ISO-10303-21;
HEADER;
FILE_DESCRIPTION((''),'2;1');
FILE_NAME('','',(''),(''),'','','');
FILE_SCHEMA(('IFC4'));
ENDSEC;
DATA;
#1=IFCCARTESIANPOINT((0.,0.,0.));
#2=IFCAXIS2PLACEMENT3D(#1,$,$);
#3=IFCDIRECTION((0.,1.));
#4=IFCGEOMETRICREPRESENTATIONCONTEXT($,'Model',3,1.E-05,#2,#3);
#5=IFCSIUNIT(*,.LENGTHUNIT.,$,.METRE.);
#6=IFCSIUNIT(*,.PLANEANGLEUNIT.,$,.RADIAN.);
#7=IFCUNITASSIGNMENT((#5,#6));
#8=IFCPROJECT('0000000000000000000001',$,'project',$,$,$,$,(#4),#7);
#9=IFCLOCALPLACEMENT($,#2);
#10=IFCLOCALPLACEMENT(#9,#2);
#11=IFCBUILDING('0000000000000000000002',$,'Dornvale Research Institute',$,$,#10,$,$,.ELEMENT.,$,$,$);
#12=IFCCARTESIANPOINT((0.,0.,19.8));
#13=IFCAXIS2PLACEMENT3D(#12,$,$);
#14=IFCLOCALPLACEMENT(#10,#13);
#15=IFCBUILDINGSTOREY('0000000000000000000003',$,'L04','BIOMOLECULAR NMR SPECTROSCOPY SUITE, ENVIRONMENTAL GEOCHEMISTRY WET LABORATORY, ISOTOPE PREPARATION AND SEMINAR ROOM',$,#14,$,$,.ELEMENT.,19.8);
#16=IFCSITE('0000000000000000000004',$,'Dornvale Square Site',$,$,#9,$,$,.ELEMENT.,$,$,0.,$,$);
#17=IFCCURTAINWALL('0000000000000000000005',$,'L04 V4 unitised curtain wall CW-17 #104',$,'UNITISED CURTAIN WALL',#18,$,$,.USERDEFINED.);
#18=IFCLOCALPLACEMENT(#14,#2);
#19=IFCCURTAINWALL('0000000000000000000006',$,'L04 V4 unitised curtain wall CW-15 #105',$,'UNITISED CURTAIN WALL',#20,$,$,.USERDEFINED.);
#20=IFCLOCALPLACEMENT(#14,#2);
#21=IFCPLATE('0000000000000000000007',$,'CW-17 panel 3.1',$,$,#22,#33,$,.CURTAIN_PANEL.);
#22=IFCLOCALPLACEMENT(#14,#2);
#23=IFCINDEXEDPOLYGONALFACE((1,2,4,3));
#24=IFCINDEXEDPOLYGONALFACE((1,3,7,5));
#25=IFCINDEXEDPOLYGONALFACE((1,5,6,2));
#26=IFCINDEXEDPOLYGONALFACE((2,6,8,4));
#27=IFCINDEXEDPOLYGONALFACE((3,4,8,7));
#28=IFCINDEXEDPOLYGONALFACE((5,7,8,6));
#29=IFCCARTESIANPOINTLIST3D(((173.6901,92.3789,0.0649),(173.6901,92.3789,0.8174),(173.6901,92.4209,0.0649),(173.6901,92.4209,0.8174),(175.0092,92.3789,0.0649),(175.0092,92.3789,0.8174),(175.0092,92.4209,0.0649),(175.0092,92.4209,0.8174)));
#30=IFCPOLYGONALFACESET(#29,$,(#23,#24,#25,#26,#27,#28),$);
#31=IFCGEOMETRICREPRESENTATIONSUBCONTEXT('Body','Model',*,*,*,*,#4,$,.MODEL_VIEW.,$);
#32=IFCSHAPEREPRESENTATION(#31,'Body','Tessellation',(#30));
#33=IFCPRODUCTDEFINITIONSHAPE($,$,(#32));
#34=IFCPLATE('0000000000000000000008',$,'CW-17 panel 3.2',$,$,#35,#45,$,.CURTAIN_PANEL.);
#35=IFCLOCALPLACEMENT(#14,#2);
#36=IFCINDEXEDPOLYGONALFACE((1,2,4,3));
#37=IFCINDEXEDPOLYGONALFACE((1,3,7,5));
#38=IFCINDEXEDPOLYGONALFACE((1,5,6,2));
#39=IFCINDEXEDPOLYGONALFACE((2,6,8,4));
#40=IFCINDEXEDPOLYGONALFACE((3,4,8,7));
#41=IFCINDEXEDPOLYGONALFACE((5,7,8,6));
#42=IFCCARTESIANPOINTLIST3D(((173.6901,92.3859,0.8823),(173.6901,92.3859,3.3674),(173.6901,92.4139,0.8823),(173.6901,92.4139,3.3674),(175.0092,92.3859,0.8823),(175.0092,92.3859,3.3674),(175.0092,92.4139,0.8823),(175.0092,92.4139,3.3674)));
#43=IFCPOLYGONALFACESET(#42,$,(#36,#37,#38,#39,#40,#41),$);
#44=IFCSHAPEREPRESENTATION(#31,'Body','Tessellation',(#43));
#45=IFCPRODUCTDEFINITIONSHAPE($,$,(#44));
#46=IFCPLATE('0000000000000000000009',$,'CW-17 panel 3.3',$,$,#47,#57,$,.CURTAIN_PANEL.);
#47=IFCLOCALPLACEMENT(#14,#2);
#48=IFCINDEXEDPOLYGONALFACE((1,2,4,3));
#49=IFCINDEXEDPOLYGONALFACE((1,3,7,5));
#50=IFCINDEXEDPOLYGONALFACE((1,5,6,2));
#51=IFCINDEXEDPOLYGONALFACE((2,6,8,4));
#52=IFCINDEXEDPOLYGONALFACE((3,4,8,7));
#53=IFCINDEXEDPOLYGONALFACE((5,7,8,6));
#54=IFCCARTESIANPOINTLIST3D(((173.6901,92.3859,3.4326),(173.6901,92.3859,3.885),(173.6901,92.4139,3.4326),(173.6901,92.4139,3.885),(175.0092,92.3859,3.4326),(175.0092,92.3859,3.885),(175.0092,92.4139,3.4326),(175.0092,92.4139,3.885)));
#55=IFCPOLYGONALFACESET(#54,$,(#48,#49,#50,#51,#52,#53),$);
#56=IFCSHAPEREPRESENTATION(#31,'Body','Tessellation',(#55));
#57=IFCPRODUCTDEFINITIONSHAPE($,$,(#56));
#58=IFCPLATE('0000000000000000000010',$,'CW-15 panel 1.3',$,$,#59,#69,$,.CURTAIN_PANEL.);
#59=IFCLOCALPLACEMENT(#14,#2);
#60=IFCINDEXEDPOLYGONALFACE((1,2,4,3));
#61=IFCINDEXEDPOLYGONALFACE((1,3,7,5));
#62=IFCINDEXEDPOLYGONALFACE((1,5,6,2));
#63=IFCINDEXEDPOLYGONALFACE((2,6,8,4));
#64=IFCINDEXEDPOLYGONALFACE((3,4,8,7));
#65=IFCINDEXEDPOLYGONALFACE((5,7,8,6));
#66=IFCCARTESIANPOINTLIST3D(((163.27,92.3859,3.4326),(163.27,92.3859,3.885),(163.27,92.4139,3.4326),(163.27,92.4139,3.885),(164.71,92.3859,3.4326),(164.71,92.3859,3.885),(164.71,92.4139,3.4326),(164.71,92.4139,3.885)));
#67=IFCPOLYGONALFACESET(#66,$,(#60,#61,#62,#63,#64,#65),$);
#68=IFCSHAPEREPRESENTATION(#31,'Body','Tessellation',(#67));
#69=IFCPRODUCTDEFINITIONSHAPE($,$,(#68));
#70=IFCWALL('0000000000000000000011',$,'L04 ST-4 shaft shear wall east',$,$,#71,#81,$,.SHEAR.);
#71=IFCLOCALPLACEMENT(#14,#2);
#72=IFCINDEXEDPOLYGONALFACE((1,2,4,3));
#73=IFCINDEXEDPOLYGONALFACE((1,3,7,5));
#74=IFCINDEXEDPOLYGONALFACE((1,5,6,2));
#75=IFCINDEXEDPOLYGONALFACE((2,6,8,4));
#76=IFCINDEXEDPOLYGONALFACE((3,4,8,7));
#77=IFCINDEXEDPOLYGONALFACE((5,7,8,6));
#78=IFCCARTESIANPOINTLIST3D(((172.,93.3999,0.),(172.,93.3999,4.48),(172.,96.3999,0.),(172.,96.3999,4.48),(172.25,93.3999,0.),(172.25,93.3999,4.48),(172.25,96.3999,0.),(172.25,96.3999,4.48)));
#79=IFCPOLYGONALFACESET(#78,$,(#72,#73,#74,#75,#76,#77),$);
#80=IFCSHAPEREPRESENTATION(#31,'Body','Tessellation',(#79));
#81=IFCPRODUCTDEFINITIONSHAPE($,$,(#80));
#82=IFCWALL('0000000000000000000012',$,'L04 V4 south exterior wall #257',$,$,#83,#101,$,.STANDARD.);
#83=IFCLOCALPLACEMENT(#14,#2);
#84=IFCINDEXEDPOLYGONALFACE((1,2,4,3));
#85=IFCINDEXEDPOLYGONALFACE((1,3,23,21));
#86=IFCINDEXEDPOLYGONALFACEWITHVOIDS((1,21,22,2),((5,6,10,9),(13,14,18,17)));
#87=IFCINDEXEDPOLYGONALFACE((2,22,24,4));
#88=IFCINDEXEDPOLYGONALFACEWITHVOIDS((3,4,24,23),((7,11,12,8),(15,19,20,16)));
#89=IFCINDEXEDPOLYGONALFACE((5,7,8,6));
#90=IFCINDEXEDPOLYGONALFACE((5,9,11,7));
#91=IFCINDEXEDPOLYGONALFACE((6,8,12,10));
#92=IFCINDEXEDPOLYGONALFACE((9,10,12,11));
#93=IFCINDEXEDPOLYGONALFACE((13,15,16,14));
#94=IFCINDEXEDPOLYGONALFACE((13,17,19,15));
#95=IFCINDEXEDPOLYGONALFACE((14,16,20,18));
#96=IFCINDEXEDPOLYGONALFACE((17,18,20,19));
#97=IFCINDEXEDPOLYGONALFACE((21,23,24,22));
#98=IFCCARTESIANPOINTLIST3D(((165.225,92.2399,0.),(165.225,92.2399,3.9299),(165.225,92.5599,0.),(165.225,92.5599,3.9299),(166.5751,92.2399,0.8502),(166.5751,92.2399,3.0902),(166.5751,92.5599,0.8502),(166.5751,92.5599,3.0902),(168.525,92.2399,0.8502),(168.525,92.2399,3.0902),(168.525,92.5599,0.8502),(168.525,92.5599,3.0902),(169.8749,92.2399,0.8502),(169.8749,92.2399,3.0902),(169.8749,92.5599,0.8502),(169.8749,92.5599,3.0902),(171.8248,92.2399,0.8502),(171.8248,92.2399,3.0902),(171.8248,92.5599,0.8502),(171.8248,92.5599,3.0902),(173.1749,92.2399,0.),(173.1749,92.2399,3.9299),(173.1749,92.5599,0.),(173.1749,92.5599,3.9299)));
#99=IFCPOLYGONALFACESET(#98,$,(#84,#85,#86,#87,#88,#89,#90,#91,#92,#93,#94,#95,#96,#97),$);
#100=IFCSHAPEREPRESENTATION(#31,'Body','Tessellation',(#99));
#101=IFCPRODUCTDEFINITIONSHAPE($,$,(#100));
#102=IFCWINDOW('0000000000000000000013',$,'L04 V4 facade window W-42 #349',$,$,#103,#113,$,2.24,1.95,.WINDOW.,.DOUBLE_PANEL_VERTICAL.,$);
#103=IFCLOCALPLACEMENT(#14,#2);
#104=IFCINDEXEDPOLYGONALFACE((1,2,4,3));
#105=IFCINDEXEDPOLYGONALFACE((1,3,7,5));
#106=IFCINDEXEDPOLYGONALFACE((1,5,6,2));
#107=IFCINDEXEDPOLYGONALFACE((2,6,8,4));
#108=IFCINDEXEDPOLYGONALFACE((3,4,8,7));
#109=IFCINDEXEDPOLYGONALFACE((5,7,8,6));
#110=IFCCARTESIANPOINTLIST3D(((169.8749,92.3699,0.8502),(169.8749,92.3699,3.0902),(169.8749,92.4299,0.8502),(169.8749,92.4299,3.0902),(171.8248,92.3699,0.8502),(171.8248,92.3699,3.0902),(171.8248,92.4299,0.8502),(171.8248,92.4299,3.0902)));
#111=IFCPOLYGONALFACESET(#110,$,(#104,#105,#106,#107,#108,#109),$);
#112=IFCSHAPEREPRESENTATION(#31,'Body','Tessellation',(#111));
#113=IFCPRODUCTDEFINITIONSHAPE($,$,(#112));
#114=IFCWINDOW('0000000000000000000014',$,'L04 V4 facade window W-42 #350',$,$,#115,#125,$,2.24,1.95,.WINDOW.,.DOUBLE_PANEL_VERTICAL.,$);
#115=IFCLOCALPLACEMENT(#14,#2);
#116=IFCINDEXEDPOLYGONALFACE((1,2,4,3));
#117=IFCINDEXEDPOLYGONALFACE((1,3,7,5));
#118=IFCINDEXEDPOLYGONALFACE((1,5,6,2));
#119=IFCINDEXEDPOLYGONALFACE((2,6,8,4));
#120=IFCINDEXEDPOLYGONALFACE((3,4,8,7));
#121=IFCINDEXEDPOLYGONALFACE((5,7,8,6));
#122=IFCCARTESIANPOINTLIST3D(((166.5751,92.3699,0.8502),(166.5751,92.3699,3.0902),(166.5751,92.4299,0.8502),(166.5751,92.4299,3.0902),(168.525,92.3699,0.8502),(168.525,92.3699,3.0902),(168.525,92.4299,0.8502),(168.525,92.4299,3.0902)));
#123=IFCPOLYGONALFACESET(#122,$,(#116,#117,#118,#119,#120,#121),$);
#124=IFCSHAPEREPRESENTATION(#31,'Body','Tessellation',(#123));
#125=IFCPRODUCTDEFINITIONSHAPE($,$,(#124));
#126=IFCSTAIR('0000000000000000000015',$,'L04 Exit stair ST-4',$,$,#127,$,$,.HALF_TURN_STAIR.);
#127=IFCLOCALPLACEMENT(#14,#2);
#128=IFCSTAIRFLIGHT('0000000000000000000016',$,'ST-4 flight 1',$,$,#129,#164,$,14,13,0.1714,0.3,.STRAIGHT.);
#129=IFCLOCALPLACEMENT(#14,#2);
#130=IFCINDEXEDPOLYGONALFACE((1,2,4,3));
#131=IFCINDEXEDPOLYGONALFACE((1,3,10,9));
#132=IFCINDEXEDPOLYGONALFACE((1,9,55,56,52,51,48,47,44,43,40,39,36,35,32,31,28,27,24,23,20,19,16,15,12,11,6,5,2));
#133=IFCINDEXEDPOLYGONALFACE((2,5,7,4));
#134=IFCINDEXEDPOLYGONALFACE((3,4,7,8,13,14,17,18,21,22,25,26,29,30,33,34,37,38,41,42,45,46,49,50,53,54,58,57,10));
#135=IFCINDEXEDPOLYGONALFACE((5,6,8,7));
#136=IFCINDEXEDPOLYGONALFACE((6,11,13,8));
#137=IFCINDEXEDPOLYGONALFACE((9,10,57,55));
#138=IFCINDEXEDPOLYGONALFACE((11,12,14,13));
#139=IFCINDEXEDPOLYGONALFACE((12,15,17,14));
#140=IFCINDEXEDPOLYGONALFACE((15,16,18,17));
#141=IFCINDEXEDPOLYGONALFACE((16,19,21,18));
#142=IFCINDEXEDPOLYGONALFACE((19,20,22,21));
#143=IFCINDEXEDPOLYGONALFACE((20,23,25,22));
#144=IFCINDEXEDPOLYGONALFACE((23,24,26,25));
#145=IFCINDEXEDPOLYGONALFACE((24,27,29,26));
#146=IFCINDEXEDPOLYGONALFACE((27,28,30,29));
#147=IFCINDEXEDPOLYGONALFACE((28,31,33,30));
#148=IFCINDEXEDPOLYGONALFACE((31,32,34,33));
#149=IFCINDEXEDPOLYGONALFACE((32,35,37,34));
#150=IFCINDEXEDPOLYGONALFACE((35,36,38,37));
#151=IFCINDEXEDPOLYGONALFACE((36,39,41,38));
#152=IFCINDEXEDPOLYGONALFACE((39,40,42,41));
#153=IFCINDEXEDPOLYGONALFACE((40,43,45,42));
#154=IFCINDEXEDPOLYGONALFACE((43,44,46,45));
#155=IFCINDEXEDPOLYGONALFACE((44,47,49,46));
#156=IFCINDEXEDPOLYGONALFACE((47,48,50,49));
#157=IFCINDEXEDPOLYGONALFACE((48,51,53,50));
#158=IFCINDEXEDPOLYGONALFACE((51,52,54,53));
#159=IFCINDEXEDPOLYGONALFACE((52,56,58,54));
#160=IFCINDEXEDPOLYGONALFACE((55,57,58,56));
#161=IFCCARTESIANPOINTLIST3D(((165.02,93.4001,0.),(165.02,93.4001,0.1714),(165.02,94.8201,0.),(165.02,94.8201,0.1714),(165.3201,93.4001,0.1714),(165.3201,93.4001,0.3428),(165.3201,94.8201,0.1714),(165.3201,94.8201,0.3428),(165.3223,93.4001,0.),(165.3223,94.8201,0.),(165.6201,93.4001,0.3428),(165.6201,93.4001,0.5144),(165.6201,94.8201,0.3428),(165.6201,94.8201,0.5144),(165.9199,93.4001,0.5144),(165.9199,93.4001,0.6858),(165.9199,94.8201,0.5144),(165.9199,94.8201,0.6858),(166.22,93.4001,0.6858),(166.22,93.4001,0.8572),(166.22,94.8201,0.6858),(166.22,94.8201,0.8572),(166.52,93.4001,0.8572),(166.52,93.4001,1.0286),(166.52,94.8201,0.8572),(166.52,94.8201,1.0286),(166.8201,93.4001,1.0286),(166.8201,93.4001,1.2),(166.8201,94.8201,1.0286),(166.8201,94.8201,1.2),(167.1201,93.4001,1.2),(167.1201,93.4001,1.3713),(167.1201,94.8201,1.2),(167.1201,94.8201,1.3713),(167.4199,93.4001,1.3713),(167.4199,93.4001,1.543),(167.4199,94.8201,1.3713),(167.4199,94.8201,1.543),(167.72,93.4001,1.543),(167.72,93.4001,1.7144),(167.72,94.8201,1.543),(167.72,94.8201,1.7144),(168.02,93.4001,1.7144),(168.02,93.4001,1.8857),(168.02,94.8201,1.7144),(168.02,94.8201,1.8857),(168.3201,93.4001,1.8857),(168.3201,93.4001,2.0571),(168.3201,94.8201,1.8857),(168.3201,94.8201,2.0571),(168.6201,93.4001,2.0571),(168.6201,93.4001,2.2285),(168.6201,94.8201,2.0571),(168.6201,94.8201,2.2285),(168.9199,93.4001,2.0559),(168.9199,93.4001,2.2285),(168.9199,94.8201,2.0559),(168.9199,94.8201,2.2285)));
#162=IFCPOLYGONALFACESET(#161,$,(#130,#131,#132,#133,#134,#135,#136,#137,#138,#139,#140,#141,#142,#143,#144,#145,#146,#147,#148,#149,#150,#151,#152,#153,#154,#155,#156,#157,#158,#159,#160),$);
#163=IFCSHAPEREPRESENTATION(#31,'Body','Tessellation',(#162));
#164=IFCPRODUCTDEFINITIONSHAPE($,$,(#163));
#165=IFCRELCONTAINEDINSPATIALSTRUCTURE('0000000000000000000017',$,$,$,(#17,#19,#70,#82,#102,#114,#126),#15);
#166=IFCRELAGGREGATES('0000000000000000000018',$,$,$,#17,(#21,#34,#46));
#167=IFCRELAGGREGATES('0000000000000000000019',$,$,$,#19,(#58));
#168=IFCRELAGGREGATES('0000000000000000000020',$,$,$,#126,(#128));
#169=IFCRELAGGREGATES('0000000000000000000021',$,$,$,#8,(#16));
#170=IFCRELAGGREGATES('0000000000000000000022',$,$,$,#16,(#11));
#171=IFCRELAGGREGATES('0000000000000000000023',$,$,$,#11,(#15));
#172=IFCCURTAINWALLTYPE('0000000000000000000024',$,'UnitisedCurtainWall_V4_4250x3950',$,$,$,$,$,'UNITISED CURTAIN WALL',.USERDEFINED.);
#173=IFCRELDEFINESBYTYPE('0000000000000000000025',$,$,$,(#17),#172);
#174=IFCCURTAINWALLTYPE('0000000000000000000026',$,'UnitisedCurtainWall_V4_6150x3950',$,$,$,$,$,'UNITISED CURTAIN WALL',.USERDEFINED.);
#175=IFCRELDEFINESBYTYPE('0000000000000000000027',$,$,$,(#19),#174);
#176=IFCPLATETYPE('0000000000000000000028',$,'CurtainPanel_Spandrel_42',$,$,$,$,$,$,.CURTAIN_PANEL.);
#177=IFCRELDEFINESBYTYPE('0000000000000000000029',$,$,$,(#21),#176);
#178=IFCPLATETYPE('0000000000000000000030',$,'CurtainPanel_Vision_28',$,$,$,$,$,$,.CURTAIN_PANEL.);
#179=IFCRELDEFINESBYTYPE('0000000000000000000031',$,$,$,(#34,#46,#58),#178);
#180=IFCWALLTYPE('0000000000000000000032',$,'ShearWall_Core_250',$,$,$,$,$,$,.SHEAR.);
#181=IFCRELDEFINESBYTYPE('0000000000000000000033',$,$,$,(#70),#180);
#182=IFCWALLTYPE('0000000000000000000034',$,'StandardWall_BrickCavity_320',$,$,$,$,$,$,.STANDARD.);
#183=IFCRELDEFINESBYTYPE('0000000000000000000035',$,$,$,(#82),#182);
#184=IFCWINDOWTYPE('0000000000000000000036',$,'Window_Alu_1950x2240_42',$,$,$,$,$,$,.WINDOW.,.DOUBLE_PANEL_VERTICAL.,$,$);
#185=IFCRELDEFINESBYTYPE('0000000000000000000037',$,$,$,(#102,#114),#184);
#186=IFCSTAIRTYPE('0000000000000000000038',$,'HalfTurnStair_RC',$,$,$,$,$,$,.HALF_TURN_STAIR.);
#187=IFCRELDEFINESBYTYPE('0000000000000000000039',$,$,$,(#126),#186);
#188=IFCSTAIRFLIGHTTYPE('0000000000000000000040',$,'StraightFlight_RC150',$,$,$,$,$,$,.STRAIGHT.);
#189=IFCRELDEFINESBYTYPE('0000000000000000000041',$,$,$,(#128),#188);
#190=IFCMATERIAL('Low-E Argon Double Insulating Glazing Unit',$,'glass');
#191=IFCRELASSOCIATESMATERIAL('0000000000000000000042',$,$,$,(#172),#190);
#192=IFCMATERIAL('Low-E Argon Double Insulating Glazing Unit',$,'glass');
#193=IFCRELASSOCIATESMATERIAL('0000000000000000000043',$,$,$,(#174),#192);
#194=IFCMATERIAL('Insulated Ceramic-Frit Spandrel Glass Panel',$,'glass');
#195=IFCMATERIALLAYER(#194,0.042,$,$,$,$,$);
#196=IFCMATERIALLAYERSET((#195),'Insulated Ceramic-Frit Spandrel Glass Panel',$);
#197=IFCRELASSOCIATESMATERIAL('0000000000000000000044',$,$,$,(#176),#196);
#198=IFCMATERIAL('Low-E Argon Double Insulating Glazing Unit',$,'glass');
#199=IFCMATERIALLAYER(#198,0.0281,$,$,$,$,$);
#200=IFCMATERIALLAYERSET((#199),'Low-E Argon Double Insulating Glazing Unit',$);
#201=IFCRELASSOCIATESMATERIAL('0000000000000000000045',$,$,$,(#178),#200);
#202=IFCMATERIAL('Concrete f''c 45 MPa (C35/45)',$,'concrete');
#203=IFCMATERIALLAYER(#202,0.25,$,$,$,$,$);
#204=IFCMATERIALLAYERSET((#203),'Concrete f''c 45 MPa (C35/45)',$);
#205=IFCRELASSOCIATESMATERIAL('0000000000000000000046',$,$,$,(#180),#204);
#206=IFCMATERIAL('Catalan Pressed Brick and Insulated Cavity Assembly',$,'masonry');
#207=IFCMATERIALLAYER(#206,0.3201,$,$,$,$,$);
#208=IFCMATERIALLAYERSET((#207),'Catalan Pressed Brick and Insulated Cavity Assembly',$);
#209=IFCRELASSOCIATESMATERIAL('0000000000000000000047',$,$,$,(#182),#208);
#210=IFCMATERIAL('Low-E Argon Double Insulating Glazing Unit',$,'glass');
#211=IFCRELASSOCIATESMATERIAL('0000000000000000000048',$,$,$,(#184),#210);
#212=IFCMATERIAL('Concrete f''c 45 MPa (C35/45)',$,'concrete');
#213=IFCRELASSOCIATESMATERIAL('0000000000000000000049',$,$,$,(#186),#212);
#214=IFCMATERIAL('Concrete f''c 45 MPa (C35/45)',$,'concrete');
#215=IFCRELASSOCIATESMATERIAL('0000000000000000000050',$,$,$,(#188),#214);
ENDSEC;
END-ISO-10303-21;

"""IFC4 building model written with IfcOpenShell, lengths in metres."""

from ifc_helpers import new_model, si_unit, direction, frame, frame_2d, origin, origin_2d, place, context, subcontext, project, spatial, polyline, rectangle, outline, extrude, material, layer, layer_set, type_object, element, fill, aggregate, save


model = new_model("IFC4")

# Units and contexts
model_context = context("Model", 3, precision=1e-05, world=origin(), true_north=direction((0.0, 1.0)))
body_context = subcontext(model_context, "Body", "Model", "MODEL_VIEW")
ifc_project = project(units=[si_unit("LENGTHUNIT", "METRE"), si_unit("PLANEANGLEUNIT", "RADIAN")], contexts=[model_context])

# Site, building, storey
site_placement = place(None, origin())
site = spatial("IfcSite", under=ifc_project, at=site_placement, Name="Dornvale Square Site", CompositionType="ELEMENT", RefElevation=0.0)
building_placement = place(site_placement, origin())
building = spatial("IfcBuilding", under=site, at=building_placement, Name="Dornvale Research Institute", CompositionType="ELEMENT")
storey_placement = place(building_placement, frame((0.0, 0.0, 19.8)))
storey = spatial("IfcBuildingStorey", under=building, at=storey_placement, Name="L04", Description="BIOMOLECULAR NMR SPECTROSCOPY SUITE, ENVIRONMENTAL GEOCHEMISTRY WET LABORATORY, ISOTOPE PREPARATION AND SEMINAR ROOM", CompositionType="ELEMENT", Elevation=19.8)

# Curtain walls
ifc_material_1 = material(Name="Low-E Argon Double Insulating Glazing Unit", Category="glass")
curtain_wall_type_1 = type_object("IfcCurtainWallType", Name="UnitisedCurtainWall_V4_4250x3950", ElementType="UNITISED CURTAIN WALL", PredefinedType="USERDEFINED", material=ifc_material_1)
curtain_wall_1_placement = place(storey_placement, origin())
curtain_wall_1 = element("IfcCurtainWall", 1, at=curtain_wall_1_placement, inside=storey, type_object=curtain_wall_type_1, Name="L04 V4 unitised curtain wall CW-17 #104", ObjectType="UNITISED CURTAIN WALL", PredefinedType="USERDEFINED")
ifc_material_2 = material(Name="Low-E Argon Double Insulating Glazing Unit", Category="glass")
curtain_wall_type_2 = type_object("IfcCurtainWallType", Name="UnitisedCurtainWall_V4_6150x3950", ElementType="UNITISED CURTAIN WALL", PredefinedType="USERDEFINED", material=ifc_material_2)
curtain_wall_2_placement = place(storey_placement, origin())
curtain_wall_2 = element("IfcCurtainWall", 2, at=curtain_wall_2_placement, inside=storey, type_object=curtain_wall_type_2, Name="L04 V4 unitised curtain wall CW-15 #105", ObjectType="UNITISED CURTAIN WALL", PredefinedType="USERDEFINED")

# Plates
ifc_material_3 = material(Name="Insulated Ceramic-Frit Spandrel Glass Panel", Category="glass")
ifc_layer_1 = layer(ifc_material_3, 0.042)
ifc_layer_set_1 = layer_set([ifc_layer_1], Name="Insulated Ceramic-Frit Spandrel Glass Panel")
plate_type_1 = type_object("IfcPlateType", Name="CurtainPanel_Spandrel_42", PredefinedType="CURTAIN_PANEL", material=ifc_layer_set_1)
plate_1_placement = place(storey_placement, frame((174.3496, 92.3999, 0.0649), z_axis=(0.0, 0.0, 1.0), x_axis=(-1.0, 0.0, 0.0)))
plate_1 = element("IfcPlate", 3, at=plate_1_placement, type_object=plate_type_1, Name="CW-17 panel 3.1", PredefinedType="CURTAIN_PANEL", context=body_context, shape_type="SweptSolid", body=[
    extrude(rectangle(XDim=1.3191, YDim=0.042, at=origin_2d()), origin(), (0.0, 0.0, 1.0), 0.7524),
])
ifc_material_4 = material(Name="Low-E Argon Double Insulating Glazing Unit", Category="glass")
ifc_layer_2 = layer(ifc_material_4, 0.0281)
ifc_layer_set_2 = layer_set([ifc_layer_2], Name="Low-E Argon Double Insulating Glazing Unit")
plate_type_2 = type_object("IfcPlateType", Name="CurtainPanel_Vision_28", PredefinedType="CURTAIN_PANEL", material=ifc_layer_set_2)
plate_2_placement = place(storey_placement, frame((174.3496, 92.3999, 0.8823), z_axis=(0.0, 0.0, 1.0), x_axis=(-1.0, 0.0, 0.0)))
plate_2 = element("IfcPlate", 4, at=plate_2_placement, type_object=plate_type_2, Name="CW-17 panel 3.2", PredefinedType="CURTAIN_PANEL", context=body_context, shape_type="SweptSolid", body=[
    extrude(rectangle(XDim=1.3191, YDim=0.0281, at=origin_2d()), origin(), (0.0, 0.0, 1.0), 2.4851),
])
plate_3_placement = place(storey_placement, frame((174.3496, 92.3999, 3.4326), z_axis=(0.0, 0.0, 1.0), x_axis=(-1.0, 0.0, 0.0)))
plate_3 = element("IfcPlate", 5, at=plate_3_placement, type_object=plate_type_2, Name="CW-17 panel 3.3", PredefinedType="CURTAIN_PANEL", context=body_context, shape_type="SweptSolid", body=[
    extrude(rectangle(XDim=1.3191, YDim=0.0281, at=origin_2d()), origin(), (0.0, 0.0, 1.0), 0.4524),
])
aggregate(curtain_wall_1, [plate_1, plate_2, plate_3])
plate_4_placement = place(storey_placement, frame((163.99, 92.3999, 3.4326), z_axis=(0.0, 0.0, 1.0), x_axis=(-1.0, 0.0, 0.0)))
plate_4 = element("IfcPlate", 6, at=plate_4_placement, type_object=plate_type_2, Name="CW-15 panel 1.3", PredefinedType="CURTAIN_PANEL", context=body_context, shape_type="SweptSolid", body=[
    extrude(rectangle(XDim=1.4399, YDim=0.0281, at=origin_2d()), origin(), (0.0, 0.0, 1.0), 0.4524),
])
aggregate(curtain_wall_2, [plate_4])

# Wall
ifc_material_5 = material(Name="Concrete f'c 45 MPa (C35/45)", Category="concrete")
ifc_layer_3 = layer(ifc_material_5, 0.25)
ifc_layer_set_3 = layer_set([ifc_layer_3], Name="Concrete f'c 45 MPa (C35/45)")
wall_type_1 = type_object("IfcWallType", Name="ShearWall_Core_250", PredefinedType="SHEAR", material=ifc_layer_set_3)
wall_1_placement = place(storey_placement, frame((172.125, 93.3999, 0.0), z_axis=(0.0, 0.0, 1.0), x_axis=(0.0, 1.0, 0.0)))
element("IfcWall", 7, at=wall_1_placement, inside=storey, type_object=wall_type_1, Name="L04 ST-4 shaft shear wall east", PredefinedType="SHEAR", context=body_context, shape_type="SweptSolid", body=[
    extrude(rectangle(XDim=3.0, YDim=0.25, at=frame_2d((1.5, 0.0))), origin(), (0.0, 0.0, 1.0), 4.48),
])

# Wall, openings, windows
ifc_material_6 = material(Name="Catalan Pressed Brick and Insulated Cavity Assembly", Category="masonry")
ifc_layer_4 = layer(ifc_material_6, 0.3201)
ifc_layer_set_4 = layer_set([ifc_layer_4], Name="Catalan Pressed Brick and Insulated Cavity Assembly")
wall_type_2 = type_object("IfcWallType", Name="StandardWall_BrickCavity_320", PredefinedType="STANDARD", material=ifc_layer_set_4)
wall_2_placement = place(storey_placement, frame((173.175, 92.3999, 0.0), z_axis=(0.0, 0.0, 1.0), x_axis=(-1.0, 0.0, 0.0)))
wall_2 = element("IfcWall", 8, at=wall_2_placement, inside=storey, type_object=wall_type_2, Name="L04 V4 south exterior wall #257", PredefinedType="STANDARD", context=body_context, shape_type="SweptSolid", body=[
    extrude(rectangle(XDim=7.95, YDim=0.3201, at=frame_2d((3.9751, 0.0))), origin(), (0.0, 0.0, 1.0), 3.9299),
])
opening_1_placement = place(wall_2_placement, frame((1.3501, 0.0, 0.8501)))
opening_1 = element("IfcOpeningElement", 9, at=opening_1_placement, cuts=wall_2, PredefinedType="OPENING", context=body_context, shape_type="SweptSolid", body=[
    extrude(rectangle(XDim=1.95, YDim=2.24, at=frame_2d((0.9751, 1.1201))), frame((0.0, 0.175, 0.0), z_axis=(0.0, -1.0, 0.0), x_axis=(1.0, 0.0, 0.0)), (0.0, 0.0, 1.0), 0.3501),
])
opening_2_placement = place(wall_2_placement, frame((4.6499, 0.0, 0.8501)))
opening_2 = element("IfcOpeningElement", 10, at=opening_2_placement, cuts=wall_2, PredefinedType="OPENING", context=body_context, shape_type="SweptSolid", body=[
    extrude(rectangle(XDim=1.95, YDim=2.24, at=frame_2d((0.9751, 1.1201))), frame((0.0, 0.175, 0.0), z_axis=(0.0, -1.0, 0.0), x_axis=(1.0, 0.0, 0.0)), (0.0, 0.0, 1.0), 0.3501),
])
ifc_material_7 = material(Name="Low-E Argon Double Insulating Glazing Unit", Category="glass")
window_type = type_object("IfcWindowType", Name="Window_Alu_1950x2240_42", PartitioningType="DOUBLE_PANEL_VERTICAL", PredefinedType="WINDOW", material=ifc_material_7)
window_1_placement = place(opening_1_placement, origin())
window_1 = element("IfcWindow", 11, at=window_1_placement, inside=storey, type_object=window_type, Name="L04 V4 facade window W-42 #349", OverallHeight=2.24, OverallWidth=1.95, PartitioningType="DOUBLE_PANEL_VERTICAL", PredefinedType="WINDOW", context=body_context, shape_type="SweptSolid", body=[
    extrude(rectangle(XDim=1.95, YDim=2.24, at=frame_2d((0.9751, 1.1201))), frame((0.0, 0.03, 0.0), z_axis=(0.0, -1.0, 0.0), x_axis=(1.0, 0.0, 0.0)), (0.0, 0.0, 1.0), 0.0601),
])
fill(opening_1, window_1)
window_2_placement = place(opening_2_placement, origin())
window_2 = element("IfcWindow", 12, at=window_2_placement, inside=storey, type_object=window_type, Name="L04 V4 facade window W-42 #350", OverallHeight=2.24, OverallWidth=1.95, PartitioningType="DOUBLE_PANEL_VERTICAL", PredefinedType="WINDOW", context=body_context, shape_type="SweptSolid", body=[
    extrude(rectangle(XDim=1.95, YDim=2.24, at=frame_2d((0.9751, 1.1201))), frame((0.0, 0.03, 0.0), z_axis=(0.0, -1.0, 0.0), x_axis=(1.0, 0.0, 0.0)), (0.0, 0.0, 1.0), 0.0601),
])
fill(opening_2, window_2)

# Stair, stair flight
ifc_material_8 = material(Name="Concrete f'c 45 MPa (C35/45)", Category="concrete")
stair_type = type_object("IfcStairType", Name="HalfTurnStair_RC", PredefinedType="HALF_TURN_STAIR", material=ifc_material_8)
stair_placement = place(storey_placement, origin())
stair = element("IfcStair", 13, at=stair_placement, inside=storey, type_object=stair_type, Name="L04 Exit stair ST-4", PredefinedType="HALF_TURN_STAIR")
ifc_material_9 = material(Name="Concrete f'c 45 MPa (C35/45)", Category="concrete")
stair_flight_type = type_object("IfcStairFlightType", Name="StraightFlight_RC150", PredefinedType="STRAIGHT", material=ifc_material_9)
stair_flight_1_placement = place(storey_placement, frame((165.02, 94.1101, 0.0), z_axis=(0.0, 0.0, 1.0), x_axis=(1.0, 0.0, 0.0)))
stair_flight_1 = element("IfcStairFlight", 14, at=stair_flight_1_placement, type_object=stair_flight_type, Name="ST-4 flight 1", NumberOfRisers=14, NumberOfTreads=13, PredefinedType="STRAIGHT", RiserHeight=0.1714, TreadLength=0.3, context=body_context, shape_type="SweptSolid", body=[
    extrude(outline(polyline([(0.0, 0.0), (0.0, 0.1714), (0.3, 0.1714), (0.3, 0.3428), (0.6001, 0.3428), (0.6001, 0.5144), (0.8999, 0.5144), (0.8999, 0.6858), (1.2, 0.6858), (1.2, 0.8572), (1.5, 0.8572), (1.5, 1.0286), (1.8, 1.0286), (1.8, 1.2), (2.1001, 1.2), (2.1001, 1.3713), (2.3999, 1.3713), (2.3999, 1.543), (2.7, 1.543), (2.7, 1.7144), (3.0, 1.7144), (3.0, 1.8857), (3.3, 1.8857), (3.3, 2.0571), (3.6001, 2.0571), (3.6001, 2.2285), (3.8999, 2.2285), (3.8999, 2.3999), (3.8999, 2.0559), (0.3022, 0.0), (0.0, 0.0)])), frame((0.0, 0.71, 0.0), z_axis=(0.0, -1.0, 0.0), x_axis=(1.0, 0.0, 0.0)), (0.0, 0.0, 1.0), 1.4199),
])
aggregate(stair, [stair_flight_1])

save(model, "model.ifc")
